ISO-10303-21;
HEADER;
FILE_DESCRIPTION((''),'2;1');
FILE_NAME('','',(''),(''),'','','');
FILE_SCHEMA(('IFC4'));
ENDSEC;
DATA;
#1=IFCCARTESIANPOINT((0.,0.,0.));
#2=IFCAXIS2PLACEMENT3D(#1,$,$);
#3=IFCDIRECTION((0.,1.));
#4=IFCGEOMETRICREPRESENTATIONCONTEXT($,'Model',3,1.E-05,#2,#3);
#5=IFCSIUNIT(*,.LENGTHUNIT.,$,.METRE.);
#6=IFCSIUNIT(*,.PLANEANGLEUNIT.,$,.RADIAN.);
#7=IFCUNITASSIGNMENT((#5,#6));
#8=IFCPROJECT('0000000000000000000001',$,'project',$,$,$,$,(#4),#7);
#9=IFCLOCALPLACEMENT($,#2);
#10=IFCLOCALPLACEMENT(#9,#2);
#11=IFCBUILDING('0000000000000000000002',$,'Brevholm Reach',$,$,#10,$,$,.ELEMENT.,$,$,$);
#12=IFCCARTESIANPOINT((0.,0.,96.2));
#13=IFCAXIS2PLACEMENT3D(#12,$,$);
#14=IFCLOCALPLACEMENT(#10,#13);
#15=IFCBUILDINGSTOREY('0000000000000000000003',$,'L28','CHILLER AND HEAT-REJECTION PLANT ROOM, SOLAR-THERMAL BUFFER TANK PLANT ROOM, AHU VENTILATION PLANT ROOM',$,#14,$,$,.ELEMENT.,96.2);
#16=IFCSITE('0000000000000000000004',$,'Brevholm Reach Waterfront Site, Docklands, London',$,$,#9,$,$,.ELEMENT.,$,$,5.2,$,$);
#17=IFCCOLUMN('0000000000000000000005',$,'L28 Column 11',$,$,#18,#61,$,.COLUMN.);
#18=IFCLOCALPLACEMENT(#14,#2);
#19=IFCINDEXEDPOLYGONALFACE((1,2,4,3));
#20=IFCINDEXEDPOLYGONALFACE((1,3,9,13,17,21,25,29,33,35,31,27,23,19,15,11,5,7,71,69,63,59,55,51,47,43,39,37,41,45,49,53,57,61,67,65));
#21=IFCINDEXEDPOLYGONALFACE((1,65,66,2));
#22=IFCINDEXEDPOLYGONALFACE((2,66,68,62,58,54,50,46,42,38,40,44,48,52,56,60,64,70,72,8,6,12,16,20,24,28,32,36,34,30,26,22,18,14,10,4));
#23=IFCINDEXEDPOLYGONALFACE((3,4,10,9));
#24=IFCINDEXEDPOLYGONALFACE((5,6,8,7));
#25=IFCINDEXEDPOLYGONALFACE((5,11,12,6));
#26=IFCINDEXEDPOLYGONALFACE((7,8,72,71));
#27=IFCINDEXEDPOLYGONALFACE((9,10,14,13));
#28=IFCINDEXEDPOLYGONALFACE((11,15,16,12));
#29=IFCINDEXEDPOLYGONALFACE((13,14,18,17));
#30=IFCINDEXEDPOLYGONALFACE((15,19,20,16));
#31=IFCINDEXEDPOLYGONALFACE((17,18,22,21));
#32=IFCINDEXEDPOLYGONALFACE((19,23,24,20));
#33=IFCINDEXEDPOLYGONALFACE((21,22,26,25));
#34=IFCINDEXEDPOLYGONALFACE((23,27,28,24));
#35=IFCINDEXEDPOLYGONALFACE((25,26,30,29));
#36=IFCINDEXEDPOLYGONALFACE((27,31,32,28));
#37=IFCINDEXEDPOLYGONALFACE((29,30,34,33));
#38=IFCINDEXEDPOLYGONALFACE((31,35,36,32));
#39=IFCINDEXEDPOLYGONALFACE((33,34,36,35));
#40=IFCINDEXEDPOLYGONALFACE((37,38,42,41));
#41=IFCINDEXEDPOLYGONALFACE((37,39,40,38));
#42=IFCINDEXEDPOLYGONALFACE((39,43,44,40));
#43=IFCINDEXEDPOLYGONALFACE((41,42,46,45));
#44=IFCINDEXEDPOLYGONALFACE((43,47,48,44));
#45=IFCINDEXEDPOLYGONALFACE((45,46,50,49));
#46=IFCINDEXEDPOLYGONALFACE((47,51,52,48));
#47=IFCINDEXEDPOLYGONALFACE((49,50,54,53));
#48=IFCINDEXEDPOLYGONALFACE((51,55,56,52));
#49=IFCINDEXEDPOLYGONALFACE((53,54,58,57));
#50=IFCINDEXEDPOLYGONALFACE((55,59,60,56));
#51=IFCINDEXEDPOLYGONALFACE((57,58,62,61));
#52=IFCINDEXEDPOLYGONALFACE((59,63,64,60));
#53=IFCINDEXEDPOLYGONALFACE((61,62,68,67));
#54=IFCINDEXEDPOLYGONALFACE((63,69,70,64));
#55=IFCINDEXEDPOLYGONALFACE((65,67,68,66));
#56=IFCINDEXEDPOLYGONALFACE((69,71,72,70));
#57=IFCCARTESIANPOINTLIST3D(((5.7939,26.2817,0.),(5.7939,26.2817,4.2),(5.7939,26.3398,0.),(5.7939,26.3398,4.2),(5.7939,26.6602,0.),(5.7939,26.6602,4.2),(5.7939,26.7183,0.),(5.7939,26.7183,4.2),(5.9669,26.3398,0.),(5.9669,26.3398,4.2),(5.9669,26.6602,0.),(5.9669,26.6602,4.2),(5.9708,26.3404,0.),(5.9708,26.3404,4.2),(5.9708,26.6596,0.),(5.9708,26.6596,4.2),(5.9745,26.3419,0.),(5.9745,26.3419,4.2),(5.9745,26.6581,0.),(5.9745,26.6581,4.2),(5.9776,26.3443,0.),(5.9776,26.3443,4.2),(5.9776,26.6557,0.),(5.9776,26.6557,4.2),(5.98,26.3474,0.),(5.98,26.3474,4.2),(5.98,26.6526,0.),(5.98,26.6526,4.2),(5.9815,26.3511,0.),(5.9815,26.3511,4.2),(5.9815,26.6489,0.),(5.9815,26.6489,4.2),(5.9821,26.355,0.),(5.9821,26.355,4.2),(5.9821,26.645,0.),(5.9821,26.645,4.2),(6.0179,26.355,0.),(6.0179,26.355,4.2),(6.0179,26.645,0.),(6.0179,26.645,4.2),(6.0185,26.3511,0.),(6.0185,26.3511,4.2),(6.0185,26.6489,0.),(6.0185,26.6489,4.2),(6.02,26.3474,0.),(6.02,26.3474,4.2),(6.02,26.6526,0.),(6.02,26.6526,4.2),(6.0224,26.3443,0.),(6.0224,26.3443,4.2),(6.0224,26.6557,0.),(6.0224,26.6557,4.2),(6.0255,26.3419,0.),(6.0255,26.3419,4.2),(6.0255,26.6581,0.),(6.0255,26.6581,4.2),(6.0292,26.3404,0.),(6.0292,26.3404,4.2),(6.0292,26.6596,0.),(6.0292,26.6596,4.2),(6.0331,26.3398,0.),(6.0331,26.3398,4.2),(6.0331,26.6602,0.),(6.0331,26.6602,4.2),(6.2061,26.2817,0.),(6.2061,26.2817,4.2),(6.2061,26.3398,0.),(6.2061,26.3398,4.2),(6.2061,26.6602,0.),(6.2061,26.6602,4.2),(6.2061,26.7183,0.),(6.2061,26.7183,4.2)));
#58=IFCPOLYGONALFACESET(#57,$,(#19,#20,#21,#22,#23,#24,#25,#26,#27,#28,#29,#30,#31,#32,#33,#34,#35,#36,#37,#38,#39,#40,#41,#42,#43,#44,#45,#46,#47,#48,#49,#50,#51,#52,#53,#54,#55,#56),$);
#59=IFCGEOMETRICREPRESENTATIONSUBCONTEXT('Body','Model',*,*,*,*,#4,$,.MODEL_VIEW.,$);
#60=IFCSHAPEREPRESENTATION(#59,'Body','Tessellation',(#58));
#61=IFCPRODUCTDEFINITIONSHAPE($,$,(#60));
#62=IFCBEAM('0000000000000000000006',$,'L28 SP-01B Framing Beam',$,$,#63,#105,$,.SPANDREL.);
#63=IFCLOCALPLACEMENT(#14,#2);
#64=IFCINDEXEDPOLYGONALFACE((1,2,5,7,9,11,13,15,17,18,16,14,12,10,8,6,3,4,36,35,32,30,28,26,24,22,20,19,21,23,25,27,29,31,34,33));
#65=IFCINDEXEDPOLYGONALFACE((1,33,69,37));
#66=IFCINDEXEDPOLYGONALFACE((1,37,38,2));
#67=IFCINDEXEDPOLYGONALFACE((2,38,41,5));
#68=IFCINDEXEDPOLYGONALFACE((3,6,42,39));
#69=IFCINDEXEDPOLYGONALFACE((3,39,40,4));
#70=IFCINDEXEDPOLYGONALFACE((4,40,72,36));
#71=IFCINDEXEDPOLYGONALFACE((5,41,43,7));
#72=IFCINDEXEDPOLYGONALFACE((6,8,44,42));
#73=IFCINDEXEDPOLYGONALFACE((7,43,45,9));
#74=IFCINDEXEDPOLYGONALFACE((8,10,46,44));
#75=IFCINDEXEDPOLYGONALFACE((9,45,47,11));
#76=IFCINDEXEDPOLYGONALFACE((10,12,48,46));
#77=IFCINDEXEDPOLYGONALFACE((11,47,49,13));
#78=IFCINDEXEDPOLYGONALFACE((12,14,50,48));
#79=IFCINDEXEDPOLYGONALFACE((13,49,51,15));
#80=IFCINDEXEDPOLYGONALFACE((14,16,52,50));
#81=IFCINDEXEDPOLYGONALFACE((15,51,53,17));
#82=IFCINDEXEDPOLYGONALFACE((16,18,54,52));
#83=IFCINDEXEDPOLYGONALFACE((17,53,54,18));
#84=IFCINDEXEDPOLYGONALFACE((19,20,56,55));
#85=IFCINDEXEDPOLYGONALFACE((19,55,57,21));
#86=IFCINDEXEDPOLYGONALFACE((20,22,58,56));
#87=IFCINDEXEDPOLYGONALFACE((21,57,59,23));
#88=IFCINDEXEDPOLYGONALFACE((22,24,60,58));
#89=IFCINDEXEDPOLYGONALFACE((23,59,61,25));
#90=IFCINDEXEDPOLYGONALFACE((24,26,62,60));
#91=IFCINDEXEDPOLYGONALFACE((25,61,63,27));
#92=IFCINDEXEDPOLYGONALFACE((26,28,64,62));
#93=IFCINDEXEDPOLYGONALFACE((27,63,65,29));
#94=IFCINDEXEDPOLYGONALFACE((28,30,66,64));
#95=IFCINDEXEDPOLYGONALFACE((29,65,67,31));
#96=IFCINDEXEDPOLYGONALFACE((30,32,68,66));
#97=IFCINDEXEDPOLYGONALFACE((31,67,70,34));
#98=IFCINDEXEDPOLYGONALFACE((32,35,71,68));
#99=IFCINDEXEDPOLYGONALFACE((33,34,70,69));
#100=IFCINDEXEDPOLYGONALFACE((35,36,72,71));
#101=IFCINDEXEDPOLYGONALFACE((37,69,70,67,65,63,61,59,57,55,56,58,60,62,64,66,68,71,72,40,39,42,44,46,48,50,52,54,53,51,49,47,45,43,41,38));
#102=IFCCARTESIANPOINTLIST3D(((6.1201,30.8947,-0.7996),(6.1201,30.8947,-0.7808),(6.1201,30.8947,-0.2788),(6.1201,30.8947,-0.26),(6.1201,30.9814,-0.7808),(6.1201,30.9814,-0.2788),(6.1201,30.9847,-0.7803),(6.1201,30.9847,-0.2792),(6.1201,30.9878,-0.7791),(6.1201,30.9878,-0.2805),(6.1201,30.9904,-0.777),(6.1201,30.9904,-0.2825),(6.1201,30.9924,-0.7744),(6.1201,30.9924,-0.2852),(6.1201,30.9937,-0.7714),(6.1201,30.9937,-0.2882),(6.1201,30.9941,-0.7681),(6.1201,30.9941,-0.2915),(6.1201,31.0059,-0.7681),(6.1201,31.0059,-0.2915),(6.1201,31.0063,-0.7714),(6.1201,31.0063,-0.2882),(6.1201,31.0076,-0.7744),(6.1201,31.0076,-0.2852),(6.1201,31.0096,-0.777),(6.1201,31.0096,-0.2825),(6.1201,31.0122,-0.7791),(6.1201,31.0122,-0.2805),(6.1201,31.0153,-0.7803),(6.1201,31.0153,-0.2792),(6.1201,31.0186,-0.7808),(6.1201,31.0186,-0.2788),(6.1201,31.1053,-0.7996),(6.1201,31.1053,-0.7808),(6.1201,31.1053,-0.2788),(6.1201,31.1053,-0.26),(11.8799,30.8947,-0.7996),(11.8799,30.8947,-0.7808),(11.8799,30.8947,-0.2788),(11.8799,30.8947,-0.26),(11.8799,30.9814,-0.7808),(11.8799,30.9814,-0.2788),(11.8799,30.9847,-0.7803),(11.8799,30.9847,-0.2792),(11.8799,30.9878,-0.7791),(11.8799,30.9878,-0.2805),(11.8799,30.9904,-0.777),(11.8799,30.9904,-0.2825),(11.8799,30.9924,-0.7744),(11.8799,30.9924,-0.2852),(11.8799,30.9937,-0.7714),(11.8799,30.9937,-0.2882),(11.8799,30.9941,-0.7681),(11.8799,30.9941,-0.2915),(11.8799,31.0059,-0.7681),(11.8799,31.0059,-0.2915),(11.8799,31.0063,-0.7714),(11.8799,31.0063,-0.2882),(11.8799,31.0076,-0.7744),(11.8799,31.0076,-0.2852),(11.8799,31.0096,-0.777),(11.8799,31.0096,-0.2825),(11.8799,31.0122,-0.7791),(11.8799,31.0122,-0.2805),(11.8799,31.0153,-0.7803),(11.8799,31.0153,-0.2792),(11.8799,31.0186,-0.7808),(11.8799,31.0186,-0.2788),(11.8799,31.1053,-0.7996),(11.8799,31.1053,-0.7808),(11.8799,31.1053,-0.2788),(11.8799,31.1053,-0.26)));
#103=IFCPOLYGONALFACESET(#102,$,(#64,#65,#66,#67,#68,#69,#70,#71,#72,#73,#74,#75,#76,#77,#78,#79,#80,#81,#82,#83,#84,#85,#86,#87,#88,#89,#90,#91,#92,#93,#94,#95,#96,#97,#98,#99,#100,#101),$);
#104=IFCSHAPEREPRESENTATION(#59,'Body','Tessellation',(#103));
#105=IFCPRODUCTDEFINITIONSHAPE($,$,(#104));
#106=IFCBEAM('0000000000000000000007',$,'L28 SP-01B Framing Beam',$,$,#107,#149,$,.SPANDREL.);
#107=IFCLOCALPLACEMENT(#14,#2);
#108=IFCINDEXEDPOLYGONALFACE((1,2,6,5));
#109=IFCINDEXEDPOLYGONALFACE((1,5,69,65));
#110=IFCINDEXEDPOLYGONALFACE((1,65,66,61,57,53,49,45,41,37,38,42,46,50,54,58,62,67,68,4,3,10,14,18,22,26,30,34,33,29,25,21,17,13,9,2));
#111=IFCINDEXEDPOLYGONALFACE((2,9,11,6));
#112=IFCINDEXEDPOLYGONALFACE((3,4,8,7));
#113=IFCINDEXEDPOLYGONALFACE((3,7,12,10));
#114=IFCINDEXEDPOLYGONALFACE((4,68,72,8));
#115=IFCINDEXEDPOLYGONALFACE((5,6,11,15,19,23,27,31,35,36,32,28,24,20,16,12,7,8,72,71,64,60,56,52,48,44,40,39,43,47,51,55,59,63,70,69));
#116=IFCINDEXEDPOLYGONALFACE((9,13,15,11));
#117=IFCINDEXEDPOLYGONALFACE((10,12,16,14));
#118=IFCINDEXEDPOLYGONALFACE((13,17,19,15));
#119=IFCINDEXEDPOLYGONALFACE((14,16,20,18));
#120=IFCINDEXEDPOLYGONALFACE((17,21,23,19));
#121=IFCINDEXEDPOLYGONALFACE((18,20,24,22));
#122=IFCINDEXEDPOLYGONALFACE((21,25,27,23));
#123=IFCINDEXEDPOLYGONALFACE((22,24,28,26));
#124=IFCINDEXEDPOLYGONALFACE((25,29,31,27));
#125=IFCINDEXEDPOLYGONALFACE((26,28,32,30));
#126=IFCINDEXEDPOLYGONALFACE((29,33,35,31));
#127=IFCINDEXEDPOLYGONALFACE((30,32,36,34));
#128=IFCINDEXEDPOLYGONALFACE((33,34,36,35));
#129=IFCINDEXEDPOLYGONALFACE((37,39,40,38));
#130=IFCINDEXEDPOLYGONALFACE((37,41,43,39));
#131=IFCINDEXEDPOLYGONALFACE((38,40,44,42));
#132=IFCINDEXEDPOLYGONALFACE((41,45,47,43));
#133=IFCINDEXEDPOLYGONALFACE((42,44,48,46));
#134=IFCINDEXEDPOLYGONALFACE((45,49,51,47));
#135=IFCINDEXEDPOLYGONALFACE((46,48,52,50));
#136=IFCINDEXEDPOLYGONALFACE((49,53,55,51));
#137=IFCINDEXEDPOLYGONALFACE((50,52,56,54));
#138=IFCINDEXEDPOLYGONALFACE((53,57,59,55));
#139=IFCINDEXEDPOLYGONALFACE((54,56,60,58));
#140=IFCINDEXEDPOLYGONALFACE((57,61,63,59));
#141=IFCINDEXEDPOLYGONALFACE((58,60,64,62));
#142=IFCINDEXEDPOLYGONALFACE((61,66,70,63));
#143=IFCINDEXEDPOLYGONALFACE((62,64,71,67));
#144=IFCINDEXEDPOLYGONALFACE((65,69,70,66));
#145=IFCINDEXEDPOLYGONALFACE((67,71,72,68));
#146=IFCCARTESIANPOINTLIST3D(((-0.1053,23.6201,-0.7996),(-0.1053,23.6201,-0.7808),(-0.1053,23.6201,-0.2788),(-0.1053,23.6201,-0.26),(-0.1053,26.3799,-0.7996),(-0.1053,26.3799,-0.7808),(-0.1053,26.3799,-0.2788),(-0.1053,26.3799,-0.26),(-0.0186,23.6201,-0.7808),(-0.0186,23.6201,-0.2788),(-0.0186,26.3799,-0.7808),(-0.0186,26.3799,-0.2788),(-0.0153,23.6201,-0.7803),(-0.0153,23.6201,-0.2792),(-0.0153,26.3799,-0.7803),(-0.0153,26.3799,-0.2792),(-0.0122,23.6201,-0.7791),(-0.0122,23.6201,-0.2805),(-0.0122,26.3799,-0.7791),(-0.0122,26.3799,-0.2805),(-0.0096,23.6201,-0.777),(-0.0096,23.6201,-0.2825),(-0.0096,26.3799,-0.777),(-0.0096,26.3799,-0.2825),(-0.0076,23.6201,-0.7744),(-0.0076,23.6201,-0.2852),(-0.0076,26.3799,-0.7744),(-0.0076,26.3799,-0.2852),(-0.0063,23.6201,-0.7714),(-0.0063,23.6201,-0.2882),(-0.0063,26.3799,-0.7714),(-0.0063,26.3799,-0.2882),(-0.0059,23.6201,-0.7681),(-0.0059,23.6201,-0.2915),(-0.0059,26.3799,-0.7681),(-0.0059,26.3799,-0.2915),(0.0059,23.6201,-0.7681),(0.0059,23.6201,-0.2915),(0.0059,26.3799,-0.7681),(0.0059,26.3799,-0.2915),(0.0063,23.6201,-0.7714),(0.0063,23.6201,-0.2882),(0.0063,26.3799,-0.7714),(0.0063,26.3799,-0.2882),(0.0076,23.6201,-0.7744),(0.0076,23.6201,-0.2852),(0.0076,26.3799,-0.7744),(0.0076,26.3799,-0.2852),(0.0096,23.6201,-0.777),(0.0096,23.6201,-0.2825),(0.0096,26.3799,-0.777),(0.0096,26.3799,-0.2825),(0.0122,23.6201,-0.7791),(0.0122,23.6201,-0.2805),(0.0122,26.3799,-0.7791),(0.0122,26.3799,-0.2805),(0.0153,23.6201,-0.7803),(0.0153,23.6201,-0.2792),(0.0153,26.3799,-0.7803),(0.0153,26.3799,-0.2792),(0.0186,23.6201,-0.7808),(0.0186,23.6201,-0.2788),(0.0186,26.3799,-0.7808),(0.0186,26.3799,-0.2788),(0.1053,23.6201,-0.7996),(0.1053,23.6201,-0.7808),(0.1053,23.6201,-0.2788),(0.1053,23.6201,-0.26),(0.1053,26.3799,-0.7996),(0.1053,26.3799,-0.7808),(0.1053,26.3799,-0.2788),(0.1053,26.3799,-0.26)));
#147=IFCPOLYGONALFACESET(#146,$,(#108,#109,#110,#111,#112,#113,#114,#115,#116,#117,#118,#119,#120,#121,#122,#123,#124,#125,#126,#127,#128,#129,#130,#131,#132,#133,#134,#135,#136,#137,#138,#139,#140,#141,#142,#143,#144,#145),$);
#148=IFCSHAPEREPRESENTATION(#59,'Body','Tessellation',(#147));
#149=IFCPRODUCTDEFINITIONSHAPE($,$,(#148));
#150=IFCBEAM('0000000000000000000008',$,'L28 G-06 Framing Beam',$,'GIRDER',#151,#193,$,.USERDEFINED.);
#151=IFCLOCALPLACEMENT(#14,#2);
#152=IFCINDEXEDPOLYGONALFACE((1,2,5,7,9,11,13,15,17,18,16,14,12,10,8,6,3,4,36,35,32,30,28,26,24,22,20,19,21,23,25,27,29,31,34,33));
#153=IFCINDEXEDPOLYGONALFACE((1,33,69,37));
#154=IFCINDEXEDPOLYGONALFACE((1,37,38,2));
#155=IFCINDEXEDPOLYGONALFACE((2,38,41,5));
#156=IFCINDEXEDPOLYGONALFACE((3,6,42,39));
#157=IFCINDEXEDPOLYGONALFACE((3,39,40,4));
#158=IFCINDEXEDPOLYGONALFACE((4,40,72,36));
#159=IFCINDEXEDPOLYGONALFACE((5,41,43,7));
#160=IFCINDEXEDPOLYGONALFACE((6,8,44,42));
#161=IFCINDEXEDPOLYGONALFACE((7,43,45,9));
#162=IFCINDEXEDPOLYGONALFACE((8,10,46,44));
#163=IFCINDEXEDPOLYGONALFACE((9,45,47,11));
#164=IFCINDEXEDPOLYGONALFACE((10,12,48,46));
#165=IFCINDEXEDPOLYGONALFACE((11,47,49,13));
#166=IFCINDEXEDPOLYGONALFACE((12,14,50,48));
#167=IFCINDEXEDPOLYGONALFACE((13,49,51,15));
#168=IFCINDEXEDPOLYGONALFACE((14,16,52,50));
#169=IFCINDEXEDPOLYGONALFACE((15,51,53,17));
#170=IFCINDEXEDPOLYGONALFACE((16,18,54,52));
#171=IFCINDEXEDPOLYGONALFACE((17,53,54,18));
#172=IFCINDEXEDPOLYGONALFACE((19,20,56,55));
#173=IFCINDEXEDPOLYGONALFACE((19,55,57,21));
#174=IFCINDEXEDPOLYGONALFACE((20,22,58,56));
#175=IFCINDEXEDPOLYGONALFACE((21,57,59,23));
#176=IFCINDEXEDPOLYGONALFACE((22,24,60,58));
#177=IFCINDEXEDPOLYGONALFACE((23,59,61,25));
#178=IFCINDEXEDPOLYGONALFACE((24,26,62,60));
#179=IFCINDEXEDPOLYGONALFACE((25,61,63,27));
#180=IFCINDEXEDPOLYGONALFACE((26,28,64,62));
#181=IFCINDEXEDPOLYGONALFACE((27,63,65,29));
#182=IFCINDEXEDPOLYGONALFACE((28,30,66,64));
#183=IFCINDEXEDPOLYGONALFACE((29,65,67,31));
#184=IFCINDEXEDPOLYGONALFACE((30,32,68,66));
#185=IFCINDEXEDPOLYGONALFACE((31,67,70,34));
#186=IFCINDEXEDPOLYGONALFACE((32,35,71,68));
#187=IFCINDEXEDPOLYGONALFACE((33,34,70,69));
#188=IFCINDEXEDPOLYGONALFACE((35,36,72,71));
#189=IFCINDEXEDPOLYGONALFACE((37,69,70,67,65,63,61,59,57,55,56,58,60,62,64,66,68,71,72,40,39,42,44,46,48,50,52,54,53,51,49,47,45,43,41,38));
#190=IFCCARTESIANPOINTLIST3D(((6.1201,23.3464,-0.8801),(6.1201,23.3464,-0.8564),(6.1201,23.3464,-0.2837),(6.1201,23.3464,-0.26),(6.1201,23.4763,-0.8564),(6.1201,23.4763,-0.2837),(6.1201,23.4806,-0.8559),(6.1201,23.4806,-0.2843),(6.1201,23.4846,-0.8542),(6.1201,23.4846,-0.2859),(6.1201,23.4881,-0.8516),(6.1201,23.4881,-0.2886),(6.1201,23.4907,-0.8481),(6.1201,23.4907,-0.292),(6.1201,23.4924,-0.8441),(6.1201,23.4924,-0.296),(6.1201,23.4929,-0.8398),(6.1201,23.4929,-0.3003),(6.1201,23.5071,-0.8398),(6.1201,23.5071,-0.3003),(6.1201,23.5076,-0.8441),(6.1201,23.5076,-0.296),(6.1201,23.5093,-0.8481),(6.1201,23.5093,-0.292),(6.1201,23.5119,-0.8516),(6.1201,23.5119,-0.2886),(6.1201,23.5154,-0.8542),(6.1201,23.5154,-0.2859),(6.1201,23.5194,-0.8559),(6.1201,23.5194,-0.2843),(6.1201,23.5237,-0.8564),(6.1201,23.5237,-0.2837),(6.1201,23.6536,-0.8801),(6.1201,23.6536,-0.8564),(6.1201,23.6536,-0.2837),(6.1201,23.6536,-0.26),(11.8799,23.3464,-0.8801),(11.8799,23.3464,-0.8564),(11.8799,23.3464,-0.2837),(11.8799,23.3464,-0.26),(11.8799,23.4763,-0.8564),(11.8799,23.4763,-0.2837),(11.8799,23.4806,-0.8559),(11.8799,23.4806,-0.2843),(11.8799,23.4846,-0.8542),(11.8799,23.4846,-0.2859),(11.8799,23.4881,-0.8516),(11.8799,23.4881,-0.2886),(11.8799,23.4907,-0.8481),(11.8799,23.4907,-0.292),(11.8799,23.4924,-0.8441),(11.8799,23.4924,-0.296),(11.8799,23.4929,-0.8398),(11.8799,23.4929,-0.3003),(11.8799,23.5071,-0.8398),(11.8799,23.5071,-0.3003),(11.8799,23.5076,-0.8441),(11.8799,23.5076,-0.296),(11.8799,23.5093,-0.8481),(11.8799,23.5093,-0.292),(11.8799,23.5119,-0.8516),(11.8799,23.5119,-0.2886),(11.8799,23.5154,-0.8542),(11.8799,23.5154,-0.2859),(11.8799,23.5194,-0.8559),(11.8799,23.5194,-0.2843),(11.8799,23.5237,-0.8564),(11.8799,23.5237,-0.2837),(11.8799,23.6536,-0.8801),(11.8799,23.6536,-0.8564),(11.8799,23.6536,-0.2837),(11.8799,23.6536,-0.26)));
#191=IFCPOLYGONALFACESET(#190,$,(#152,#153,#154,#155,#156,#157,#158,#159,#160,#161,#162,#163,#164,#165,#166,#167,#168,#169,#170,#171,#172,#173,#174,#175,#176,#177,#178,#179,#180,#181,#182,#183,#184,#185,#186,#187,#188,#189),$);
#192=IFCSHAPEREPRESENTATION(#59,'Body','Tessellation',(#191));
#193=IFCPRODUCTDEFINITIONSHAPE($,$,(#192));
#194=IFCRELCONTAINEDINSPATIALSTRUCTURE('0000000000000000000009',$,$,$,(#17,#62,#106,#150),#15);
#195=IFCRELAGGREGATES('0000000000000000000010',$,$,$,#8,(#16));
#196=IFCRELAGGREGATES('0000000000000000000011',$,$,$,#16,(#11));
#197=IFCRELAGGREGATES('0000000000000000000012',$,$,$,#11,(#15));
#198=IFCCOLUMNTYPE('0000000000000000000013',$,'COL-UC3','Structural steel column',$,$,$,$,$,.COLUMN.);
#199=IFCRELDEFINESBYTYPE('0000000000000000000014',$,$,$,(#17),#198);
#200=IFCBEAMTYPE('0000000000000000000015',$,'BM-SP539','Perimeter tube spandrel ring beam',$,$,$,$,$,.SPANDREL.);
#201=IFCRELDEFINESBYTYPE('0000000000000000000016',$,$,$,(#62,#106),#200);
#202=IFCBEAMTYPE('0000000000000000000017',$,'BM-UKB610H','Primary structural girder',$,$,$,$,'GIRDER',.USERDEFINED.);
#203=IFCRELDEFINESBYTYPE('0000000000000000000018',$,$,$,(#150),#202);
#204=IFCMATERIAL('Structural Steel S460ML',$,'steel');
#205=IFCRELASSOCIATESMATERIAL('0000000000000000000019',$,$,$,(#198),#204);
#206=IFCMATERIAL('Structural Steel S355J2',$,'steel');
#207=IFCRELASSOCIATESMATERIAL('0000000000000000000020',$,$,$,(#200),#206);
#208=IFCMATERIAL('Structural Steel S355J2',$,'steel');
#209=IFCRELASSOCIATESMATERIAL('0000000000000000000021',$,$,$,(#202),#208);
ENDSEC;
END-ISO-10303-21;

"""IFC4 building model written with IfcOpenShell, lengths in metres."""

from ifc_helpers import new_model, si_unit, direction, frame, origin, origin_2d, place, context, subcontext, project, spatial, i_section, extrude, material, material_profile, profile_set, type_object, element, save


model = new_model("IFC4")

# Units and contexts
model_context = context("Model", 3, precision=1e-05, world=origin(), true_north=direction((0.0, 1.0)))
body_context = subcontext(model_context, "Body", "Model", "MODEL_VIEW")
ifc_project = project(units=[si_unit("LENGTHUNIT", "METRE"), si_unit("PLANEANGLEUNIT", "RADIAN")], contexts=[model_context])

# Site, building, storey
site_placement = place(None, origin())
site = spatial("IfcSite", under=ifc_project, at=site_placement, Name="Brevholm Reach Waterfront Site, Docklands, London", CompositionType="ELEMENT", RefElevation=5.2)
building_placement = place(site_placement, origin())
building = spatial("IfcBuilding", under=site, at=building_placement, Name="Brevholm Reach", CompositionType="ELEMENT")
storey_placement = place(building_placement, frame((0.0, 0.0, 96.2)))
storey = spatial("IfcBuildingStorey", under=building, at=storey_placement, Name="L28", Description="CHILLER AND HEAT-REJECTION PLANT ROOM, SOLAR-THERMAL BUFFER TANK PLANT ROOM, AHU VENTILATION PLANT ROOM", CompositionType="ELEMENT", Elevation=96.2)

# Column
ifc_material_1 = material(Name="Structural Steel S460ML", Category="steel")
ifc_material_profile_1 = material_profile(ifc_material_1, i_section(OverallWidth=0.4121, OverallDepth=0.4365, WebThickness=0.0359, FlangeThickness=0.0581, FilletRadius=0.0151, at=origin_2d()), Name="UKC 356x406x467")
ifc_profile_set_1 = profile_set([ifc_material_profile_1], Name="Structural Steel S460ML")
column_type_1 = type_object("IfcColumnType", Name="COL-UC3", Description="Structural steel column", PredefinedType="COLUMN", material=ifc_profile_set_1)
column_1_placement = place(storey_placement, frame((6.0, 26.5, 0.0), z_axis=(0.0, 0.0, 1.0), x_axis=(1.0, 0.0, 0.0)))
element("IfcColumn", 1, at=column_1_placement, inside=storey, type_object=column_type_1, Name="L28 Column 11", PredefinedType="COLUMN", context=body_context, shape_type="SweptSolid", body=[
    extrude(i_section(OverallWidth=0.4121, OverallDepth=0.4365, WebThickness=0.0359, FlangeThickness=0.0581, FilletRadius=0.0151, at=origin_2d()), origin(), (0.0, 0.0, 1.0), 4.2),
])

# Beams
ifc_material_2 = material(Name="Structural Steel S355J2", Category="steel")
ifc_material_profile_2 = material_profile(ifc_material_2, i_section(OverallWidth=0.2107, OverallDepth=0.5396, WebThickness=0.0117, FlangeThickness=0.0188, FilletRadius=0.0127, at=origin_2d()), Name="UKB 533x210x109")
ifc_profile_set_2 = profile_set([ifc_material_profile_2], Name="Structural Steel S355J2")
beam_type_1 = type_object("IfcBeamType", Name="BM-SP539", Description="Perimeter tube spandrel ring beam", PredefinedType="SPANDREL", material=ifc_profile_set_2)
beam_1_placement = place(storey_placement, frame((6.1201, 31.0, -0.5298), z_axis=(1.0, 0.0, 0.0), x_axis=(0.0, 1.0, 0.0)))
element("IfcBeam", 2, at=beam_1_placement, inside=storey, type_object=beam_type_1, Name="L28 SP-01B Framing Beam", PredefinedType="SPANDREL", context=body_context, shape_type="SweptSolid", body=[
    extrude(i_section(OverallWidth=0.2107, OverallDepth=0.5396, WebThickness=0.0117, FlangeThickness=0.0188, FilletRadius=0.0127, at=origin_2d()), origin(), (0.0, 0.0, 1.0), 5.7598),
])
beam_2_placement = place(storey_placement, frame((0.0, 23.6201, -0.5298), z_axis=(0.0, 1.0, 0.0), x_axis=(-1.0, 0.0, 0.0)))
element("IfcBeam", 3, at=beam_2_placement, inside=storey, type_object=beam_type_1, Name="L28 SP-01B Framing Beam", PredefinedType="SPANDREL", context=body_context, shape_type="SweptSolid", body=[
    extrude(i_section(OverallWidth=0.2107, OverallDepth=0.5396, WebThickness=0.0117, FlangeThickness=0.0188, FilletRadius=0.0127, at=origin_2d()), origin(), (0.0, 0.0, 1.0), 2.7598),
])
ifc_material_3 = material(Name="Structural Steel S355J2", Category="steel")
ifc_material_profile_3 = material_profile(ifc_material_3, i_section(OverallWidth=0.3071, OverallDepth=0.6201, WebThickness=0.0142, FlangeThickness=0.0237, FilletRadius=0.0166, at=origin_2d()), Name="UKB 610x305x179")
ifc_profile_set_3 = profile_set([ifc_material_profile_3], Name="Structural Steel S355J2")
beam_type_2 = type_object("IfcBeamType", Name="BM-UKB610H", Description="Primary structural girder", ElementType="GIRDER", PredefinedType="USERDEFINED", material=ifc_profile_set_3)
for number, where, z_axis, x_axis, name in (
    (4, (6.1201, 23.5, -0.5701), (1.0, 0.0, 0.0), (0.0, 1.0, 0.0), "L28 G-06 Framing Beam"),
):
    element("IfcBeam", number, at=place(storey_placement, frame(where, z_axis=z_axis, x_axis=x_axis)), inside=storey, type_object=beam_type_2, Name=name, ObjectType="GIRDER", PredefinedType="USERDEFINED", context=body_context, shape_type="SweptSolid", body=[
        extrude(i_section(OverallWidth=0.3071, OverallDepth=0.6201, WebThickness=0.0142, FlangeThickness=0.0237, FilletRadius=0.0166, at=origin_2d()), origin(), (0.0, 0.0, 1.0), 5.7598),
    ])

save(model, "model.ifc")
